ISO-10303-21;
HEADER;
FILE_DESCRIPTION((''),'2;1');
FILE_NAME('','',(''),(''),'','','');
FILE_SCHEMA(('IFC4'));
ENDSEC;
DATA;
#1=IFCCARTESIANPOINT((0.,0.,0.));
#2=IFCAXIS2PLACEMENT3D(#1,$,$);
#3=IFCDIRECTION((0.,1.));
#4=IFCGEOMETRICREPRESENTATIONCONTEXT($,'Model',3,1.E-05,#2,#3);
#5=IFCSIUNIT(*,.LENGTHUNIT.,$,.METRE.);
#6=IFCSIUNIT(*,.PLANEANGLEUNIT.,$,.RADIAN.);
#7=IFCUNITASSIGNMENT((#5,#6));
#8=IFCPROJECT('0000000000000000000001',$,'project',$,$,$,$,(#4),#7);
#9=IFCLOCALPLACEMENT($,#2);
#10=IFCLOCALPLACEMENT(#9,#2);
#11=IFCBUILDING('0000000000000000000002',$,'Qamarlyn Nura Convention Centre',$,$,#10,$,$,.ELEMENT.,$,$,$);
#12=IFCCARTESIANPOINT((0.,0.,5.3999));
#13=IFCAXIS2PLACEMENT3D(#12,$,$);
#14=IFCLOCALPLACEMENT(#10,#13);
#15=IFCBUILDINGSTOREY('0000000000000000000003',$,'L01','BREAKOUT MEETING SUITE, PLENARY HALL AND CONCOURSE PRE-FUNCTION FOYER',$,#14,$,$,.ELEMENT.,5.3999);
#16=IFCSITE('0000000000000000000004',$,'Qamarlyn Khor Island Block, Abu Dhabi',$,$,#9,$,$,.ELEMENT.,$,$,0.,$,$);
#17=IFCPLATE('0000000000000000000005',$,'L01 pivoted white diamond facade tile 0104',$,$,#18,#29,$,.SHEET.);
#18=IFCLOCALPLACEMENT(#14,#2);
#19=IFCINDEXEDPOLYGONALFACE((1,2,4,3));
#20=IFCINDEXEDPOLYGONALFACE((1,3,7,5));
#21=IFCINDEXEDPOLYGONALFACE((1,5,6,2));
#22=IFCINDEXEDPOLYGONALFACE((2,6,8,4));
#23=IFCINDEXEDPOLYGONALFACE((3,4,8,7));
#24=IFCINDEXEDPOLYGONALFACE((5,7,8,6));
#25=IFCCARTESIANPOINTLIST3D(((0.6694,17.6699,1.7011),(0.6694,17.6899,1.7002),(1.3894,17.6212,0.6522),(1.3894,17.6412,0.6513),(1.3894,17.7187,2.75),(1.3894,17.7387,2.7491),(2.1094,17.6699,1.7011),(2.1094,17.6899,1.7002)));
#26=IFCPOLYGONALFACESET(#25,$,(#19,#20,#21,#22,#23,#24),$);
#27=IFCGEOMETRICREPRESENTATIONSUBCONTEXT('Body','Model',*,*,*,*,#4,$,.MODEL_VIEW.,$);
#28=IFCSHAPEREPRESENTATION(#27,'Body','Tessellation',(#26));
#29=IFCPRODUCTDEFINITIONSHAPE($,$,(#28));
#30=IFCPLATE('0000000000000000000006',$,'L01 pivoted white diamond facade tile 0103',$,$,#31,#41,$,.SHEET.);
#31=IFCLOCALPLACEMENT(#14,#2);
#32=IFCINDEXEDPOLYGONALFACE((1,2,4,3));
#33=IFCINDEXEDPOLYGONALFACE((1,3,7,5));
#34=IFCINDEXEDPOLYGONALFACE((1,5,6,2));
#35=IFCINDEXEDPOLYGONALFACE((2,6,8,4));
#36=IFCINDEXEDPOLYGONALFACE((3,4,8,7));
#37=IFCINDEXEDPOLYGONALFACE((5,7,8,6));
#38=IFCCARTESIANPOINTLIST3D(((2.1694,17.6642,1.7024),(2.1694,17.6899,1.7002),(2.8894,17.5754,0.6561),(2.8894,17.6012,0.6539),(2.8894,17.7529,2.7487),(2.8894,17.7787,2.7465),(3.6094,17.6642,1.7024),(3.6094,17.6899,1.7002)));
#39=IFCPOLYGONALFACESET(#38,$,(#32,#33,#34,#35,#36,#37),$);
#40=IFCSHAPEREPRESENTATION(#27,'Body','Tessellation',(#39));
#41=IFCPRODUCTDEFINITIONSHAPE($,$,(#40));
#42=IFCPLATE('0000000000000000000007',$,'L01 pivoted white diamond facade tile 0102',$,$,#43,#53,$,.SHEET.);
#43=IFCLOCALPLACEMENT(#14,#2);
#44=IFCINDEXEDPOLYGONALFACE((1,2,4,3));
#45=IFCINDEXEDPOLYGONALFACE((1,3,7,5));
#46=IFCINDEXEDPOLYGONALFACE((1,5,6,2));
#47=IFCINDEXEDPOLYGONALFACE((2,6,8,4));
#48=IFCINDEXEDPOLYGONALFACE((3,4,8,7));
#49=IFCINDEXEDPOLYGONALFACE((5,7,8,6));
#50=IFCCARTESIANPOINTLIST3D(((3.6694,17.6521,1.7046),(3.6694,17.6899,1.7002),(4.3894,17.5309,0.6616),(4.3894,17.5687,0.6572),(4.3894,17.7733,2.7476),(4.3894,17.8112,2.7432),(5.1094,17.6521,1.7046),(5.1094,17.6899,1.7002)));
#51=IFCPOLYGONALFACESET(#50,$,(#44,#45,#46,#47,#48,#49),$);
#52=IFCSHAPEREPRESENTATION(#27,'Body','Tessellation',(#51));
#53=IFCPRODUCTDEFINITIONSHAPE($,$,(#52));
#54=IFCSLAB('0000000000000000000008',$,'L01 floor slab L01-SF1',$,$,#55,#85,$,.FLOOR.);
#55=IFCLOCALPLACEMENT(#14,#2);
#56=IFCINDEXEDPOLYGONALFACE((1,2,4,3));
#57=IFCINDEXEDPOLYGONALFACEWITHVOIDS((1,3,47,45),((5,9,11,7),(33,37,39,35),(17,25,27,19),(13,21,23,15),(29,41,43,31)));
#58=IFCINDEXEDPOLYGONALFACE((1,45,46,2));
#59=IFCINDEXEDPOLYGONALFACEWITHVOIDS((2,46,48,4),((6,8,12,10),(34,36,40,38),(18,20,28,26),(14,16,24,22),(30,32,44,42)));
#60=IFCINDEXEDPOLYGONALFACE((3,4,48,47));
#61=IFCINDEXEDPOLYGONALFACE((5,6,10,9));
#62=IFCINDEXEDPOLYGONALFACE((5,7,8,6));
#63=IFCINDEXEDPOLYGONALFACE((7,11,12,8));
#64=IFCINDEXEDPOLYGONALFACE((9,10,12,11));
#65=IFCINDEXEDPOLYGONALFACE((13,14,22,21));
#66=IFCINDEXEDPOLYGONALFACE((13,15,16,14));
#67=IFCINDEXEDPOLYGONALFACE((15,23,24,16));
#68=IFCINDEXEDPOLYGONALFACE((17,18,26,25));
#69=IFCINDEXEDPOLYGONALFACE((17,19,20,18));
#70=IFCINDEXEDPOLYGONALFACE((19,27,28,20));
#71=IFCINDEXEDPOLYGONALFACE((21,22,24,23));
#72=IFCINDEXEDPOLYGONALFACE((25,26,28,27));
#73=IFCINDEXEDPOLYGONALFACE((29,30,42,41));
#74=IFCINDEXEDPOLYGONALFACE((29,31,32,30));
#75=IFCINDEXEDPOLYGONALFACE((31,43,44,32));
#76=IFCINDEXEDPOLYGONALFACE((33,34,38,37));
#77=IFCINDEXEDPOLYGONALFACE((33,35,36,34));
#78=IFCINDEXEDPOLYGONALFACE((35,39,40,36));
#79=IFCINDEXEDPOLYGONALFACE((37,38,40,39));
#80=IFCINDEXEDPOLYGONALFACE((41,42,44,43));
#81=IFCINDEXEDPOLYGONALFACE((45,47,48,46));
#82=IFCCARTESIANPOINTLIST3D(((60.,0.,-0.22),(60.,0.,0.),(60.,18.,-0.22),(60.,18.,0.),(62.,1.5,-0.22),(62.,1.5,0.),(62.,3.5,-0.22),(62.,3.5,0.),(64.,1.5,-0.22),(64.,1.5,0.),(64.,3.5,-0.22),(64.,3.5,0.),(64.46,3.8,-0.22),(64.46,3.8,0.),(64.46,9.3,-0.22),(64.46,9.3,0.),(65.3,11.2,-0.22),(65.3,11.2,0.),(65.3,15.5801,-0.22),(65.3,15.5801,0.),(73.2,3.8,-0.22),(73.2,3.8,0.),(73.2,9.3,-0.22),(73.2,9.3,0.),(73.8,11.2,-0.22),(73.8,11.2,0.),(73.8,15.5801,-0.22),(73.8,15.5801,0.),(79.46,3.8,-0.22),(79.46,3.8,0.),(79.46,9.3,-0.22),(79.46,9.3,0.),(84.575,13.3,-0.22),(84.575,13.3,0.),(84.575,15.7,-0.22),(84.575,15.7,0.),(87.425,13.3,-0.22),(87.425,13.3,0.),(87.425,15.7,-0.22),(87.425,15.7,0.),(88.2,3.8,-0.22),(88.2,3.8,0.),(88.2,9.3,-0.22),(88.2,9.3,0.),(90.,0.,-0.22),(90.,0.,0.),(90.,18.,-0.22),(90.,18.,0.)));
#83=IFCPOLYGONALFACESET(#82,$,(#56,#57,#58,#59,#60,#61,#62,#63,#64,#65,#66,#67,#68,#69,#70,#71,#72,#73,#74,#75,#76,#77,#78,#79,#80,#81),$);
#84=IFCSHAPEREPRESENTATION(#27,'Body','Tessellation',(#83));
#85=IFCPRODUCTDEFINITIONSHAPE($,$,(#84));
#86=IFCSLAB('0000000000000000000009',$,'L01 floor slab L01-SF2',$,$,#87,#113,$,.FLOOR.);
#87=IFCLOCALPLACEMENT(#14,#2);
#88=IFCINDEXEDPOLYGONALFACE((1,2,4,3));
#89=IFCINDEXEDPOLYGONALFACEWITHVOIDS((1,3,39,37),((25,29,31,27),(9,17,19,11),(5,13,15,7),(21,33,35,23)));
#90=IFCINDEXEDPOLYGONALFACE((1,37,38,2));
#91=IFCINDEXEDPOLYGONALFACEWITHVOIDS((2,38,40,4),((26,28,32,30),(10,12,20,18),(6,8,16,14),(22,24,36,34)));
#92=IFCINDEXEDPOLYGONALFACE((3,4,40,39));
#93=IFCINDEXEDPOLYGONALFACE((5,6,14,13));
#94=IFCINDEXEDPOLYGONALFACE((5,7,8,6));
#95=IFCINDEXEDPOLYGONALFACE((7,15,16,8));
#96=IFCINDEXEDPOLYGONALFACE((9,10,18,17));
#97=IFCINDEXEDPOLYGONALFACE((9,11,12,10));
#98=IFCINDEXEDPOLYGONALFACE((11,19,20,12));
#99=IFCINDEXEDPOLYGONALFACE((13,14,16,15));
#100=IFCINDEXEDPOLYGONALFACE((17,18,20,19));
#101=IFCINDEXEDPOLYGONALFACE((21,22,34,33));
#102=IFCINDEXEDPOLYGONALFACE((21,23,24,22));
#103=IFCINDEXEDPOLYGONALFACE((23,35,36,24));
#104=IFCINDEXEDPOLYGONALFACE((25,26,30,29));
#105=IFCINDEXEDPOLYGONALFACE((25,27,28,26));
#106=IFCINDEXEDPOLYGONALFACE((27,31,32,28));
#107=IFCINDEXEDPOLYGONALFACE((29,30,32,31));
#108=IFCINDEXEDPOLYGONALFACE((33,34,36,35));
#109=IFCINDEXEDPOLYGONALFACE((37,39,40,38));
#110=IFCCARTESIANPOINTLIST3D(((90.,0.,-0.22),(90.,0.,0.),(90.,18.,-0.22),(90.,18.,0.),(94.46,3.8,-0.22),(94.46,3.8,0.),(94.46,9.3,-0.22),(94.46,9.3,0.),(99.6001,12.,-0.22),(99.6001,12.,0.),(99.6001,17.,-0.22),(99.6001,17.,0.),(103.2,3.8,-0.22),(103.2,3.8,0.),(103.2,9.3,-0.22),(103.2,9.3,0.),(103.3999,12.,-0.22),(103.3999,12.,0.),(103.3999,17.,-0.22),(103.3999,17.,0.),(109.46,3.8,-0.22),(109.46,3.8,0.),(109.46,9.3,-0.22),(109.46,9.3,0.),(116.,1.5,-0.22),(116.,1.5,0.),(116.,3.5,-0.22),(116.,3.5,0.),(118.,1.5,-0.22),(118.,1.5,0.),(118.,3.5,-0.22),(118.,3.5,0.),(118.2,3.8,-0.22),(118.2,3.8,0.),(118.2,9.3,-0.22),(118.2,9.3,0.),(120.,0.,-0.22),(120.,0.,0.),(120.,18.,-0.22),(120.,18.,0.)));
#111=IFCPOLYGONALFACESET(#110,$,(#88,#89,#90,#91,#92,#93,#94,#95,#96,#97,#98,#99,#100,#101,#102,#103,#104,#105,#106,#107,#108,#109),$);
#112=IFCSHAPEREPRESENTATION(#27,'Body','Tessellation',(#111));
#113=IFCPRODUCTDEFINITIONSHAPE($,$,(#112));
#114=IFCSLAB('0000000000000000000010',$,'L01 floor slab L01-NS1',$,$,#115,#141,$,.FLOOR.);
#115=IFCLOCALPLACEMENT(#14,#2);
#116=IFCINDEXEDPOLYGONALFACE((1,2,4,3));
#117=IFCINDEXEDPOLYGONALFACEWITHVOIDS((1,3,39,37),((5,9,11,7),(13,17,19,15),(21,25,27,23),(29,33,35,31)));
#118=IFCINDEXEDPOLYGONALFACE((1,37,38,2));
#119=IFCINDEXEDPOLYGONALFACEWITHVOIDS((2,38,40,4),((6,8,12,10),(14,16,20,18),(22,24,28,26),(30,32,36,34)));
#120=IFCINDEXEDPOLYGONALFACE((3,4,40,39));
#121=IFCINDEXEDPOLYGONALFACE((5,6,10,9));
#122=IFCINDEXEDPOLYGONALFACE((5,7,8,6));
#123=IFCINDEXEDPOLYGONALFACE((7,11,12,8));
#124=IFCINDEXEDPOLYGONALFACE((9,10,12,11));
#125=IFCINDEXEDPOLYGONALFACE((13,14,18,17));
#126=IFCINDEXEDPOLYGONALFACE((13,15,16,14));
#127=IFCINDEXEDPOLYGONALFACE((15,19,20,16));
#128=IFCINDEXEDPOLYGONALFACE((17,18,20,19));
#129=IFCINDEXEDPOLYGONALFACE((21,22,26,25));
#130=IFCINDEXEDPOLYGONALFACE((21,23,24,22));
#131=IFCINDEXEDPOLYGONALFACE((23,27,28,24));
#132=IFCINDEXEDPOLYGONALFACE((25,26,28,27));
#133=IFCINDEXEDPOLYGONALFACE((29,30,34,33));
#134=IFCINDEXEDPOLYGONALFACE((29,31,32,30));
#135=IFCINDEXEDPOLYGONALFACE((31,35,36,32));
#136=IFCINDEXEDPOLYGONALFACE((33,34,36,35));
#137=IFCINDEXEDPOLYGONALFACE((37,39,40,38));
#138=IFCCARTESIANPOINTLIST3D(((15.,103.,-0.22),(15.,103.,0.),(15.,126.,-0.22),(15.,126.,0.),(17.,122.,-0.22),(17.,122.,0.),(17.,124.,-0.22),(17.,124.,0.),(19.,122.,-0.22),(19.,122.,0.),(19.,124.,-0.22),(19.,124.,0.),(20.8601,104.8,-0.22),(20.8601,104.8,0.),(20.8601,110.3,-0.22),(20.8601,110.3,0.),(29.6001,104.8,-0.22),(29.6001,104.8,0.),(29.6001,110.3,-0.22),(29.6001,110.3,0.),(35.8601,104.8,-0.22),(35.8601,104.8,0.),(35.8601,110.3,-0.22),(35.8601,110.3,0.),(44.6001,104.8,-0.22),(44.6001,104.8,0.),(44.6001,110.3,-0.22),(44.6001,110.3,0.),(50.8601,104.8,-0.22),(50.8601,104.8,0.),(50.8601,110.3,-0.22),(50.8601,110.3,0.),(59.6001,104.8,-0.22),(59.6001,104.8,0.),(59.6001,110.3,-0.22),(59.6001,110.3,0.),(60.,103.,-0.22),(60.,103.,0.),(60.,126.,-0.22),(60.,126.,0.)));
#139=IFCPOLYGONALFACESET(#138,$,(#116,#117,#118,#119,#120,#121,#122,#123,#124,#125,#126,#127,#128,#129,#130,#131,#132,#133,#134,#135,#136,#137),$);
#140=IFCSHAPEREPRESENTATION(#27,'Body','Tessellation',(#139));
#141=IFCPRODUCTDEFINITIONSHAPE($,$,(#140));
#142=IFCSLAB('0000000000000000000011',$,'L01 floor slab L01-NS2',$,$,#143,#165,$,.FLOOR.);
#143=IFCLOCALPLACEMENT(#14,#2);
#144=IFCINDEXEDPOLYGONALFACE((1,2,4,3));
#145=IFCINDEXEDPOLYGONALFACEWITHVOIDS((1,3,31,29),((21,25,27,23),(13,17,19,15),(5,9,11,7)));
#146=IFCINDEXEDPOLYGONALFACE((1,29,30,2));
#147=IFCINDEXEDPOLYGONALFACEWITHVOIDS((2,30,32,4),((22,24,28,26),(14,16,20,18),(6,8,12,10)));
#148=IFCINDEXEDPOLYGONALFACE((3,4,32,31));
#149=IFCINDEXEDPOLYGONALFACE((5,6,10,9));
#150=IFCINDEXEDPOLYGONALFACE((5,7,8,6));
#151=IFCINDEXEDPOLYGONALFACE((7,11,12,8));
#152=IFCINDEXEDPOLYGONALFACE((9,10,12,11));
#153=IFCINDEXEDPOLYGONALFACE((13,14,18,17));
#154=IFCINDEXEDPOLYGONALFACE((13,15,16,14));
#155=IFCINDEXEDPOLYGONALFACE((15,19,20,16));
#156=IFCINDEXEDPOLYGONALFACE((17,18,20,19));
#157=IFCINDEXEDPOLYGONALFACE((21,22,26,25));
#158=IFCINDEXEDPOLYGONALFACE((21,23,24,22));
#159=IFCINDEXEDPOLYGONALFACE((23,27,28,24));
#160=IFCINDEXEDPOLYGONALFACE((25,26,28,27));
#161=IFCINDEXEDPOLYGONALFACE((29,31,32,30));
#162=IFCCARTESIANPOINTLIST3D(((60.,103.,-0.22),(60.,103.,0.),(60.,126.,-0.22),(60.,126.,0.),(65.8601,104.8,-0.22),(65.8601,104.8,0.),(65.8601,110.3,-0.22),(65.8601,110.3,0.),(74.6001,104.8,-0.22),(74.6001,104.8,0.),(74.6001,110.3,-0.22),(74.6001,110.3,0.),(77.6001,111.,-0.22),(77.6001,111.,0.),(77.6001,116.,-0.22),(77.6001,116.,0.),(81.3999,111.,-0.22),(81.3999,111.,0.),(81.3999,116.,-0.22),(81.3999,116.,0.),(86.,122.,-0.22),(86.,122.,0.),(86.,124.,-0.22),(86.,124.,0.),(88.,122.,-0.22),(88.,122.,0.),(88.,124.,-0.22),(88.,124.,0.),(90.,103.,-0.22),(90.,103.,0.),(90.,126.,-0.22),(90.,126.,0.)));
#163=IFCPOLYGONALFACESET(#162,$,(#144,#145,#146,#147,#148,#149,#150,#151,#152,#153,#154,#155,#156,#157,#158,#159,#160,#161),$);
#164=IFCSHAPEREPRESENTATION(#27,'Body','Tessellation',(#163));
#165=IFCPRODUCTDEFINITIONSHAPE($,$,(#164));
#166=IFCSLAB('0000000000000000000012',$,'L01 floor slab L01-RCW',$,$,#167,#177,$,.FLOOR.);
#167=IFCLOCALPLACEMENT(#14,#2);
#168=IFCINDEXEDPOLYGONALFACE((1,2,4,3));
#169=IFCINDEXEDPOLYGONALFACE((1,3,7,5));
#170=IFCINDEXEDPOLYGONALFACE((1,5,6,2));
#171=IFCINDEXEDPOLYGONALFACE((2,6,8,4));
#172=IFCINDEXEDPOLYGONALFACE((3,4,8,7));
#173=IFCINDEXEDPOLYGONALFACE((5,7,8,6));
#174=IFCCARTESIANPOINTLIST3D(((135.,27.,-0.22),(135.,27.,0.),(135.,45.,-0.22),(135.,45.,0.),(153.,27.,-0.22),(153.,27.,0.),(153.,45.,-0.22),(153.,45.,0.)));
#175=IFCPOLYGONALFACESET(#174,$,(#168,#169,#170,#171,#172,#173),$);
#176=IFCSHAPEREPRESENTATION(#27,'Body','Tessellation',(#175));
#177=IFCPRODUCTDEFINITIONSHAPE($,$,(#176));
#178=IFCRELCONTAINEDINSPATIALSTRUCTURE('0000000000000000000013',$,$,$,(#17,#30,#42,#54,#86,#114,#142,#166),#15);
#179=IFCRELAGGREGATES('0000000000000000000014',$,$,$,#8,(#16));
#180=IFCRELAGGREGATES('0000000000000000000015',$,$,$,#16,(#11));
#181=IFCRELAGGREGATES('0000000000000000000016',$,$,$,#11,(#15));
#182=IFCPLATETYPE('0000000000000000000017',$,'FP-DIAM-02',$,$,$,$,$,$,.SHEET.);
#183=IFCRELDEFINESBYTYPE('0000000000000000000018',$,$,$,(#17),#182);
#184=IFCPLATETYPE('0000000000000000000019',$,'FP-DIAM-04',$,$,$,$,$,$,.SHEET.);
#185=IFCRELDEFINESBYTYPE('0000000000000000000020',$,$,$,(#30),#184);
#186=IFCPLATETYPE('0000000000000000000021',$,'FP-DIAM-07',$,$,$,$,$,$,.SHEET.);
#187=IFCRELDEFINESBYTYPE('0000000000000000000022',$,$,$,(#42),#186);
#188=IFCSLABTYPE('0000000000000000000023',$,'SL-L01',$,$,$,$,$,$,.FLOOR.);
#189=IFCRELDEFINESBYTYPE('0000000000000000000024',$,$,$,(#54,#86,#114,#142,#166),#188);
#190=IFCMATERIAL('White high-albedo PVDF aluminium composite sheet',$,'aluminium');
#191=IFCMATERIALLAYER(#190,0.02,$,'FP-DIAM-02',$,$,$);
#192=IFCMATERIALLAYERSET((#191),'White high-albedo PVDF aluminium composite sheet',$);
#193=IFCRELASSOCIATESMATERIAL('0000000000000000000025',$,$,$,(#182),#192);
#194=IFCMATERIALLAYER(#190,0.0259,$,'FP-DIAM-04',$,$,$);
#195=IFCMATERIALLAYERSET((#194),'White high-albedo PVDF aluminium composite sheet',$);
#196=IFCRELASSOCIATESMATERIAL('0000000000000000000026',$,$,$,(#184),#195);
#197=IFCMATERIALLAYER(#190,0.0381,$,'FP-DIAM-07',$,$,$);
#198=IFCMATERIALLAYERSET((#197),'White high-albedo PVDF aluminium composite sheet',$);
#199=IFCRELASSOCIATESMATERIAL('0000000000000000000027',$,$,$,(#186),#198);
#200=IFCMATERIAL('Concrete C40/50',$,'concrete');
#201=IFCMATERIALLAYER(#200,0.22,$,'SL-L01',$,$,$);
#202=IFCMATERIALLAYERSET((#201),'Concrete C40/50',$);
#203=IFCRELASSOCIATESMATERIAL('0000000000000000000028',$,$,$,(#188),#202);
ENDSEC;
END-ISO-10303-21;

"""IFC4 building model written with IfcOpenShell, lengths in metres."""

from ifc_helpers import new_model, si_unit, direction, frame, origin, place, context, subcontext, project, spatial, polyline, outline, extrude, material, layer, layer_set, type_object, element, save


model = new_model("IFC4")

# Units and contexts
model_context = context("Model", 3, precision=1e-05, world=origin(), true_north=direction((0.0, 1.0)))
body_context = subcontext(model_context, "Body", "Model", "MODEL_VIEW")
ifc_project = project(units=[si_unit("LENGTHUNIT", "METRE"), si_unit("PLANEANGLEUNIT", "RADIAN")], contexts=[model_context])

# Site, building, storey
site_placement = place(None, origin())
site = spatial("IfcSite", under=ifc_project, at=site_placement, Name="Qamarlyn Khor Island Block, Abu Dhabi", CompositionType="ELEMENT", RefElevation=0.0)
building_placement = place(site_placement, origin())
building = spatial("IfcBuilding", under=site, at=building_placement, Name="Qamarlyn Nura Convention Centre", CompositionType="ELEMENT")
storey_placement = place(building_placement, frame((0.0, 0.0, 5.3999)))
storey = spatial("IfcBuildingStorey", under=building, at=storey_placement, Name="L01", Description="BREAKOUT MEETING SUITE, PLENARY HALL AND CONCOURSE PRE-FUNCTION FOYER", CompositionType="ELEMENT", Elevation=5.3999)

# Plates
ifc_material_1 = material(Name="White high-albedo PVDF aluminium composite sheet", Category="aluminium")
ifc_layer_1 = layer(ifc_material_1, 0.02, Name="FP-DIAM-02")
ifc_layer_set_1 = layer_set([ifc_layer_1], Name="White high-albedo PVDF aluminium composite sheet")
plate_type_1 = type_object("IfcPlateType", Name="FP-DIAM-02", PredefinedType="SHEET", material=ifc_layer_set_1)
plate_1_placement = place(storey_placement, frame((1.3894, 17.6899, 1.7002), z_axis=(0.0, -0.998923, 0.046409), x_axis=(1.0, 0.0, 0.0)))
element("IfcPlate", 1, at=plate_1_placement, inside=storey, type_object=plate_type_1, Name="L01 pivoted white diamond facade tile 0104", PredefinedType="SHEET", context=body_context, shape_type="SweptSolid", body=[
    extrude(outline(polyline([(-0.72, 0.0), (0.0, -1.05), (0.72, 0.0), (0.0, 1.05), (-0.72, 0.0)])), origin(), (0.0, 0.0, 1.0), 0.02),
])
ifc_layer_2 = layer(ifc_material_1, 0.0259, Name="FP-DIAM-04")
ifc_layer_set_2 = layer_set([ifc_layer_2], Name="White high-albedo PVDF aluminium composite sheet")
plate_type_2 = type_object("IfcPlateType", Name="FP-DIAM-04", PredefinedType="SHEET", material=ifc_layer_set_2)
plate_2_placement = place(storey_placement, frame((2.8894, 17.6899, 1.7002), z_axis=(0.0, -0.996419, 0.084547), x_axis=(1.0, 0.0, 0.0)))
element("IfcPlate", 2, at=plate_2_placement, inside=storey, type_object=plate_type_2, Name="L01 pivoted white diamond facade tile 0103", PredefinedType="SHEET", context=body_context, shape_type="SweptSolid", body=[
    extrude(outline(polyline([(-0.72, 0.0), (0.0, -1.05), (0.72, 0.0), (0.0, 1.05), (-0.72, 0.0)])), origin(), (0.0, 0.0, 1.0), 0.0259),
])
ifc_layer_3 = layer(ifc_material_1, 0.0381, Name="FP-DIAM-07")
ifc_layer_set_3 = layer_set([ifc_layer_3], Name="White high-albedo PVDF aluminium composite sheet")
plate_type_3 = type_object("IfcPlateType", Name="FP-DIAM-07", PredefinedType="SHEET", material=ifc_layer_set_3)
plate_3_placement = place(storey_placement, frame((4.3894, 17.6899, 1.7002), z_axis=(0.0, -0.993312, 0.115457), x_axis=(1.0, 0.0, 0.0)))
element("IfcPlate", 3, at=plate_3_placement, inside=storey, type_object=plate_type_3, Name="L01 pivoted white diamond facade tile 0102", PredefinedType="SHEET", context=body_context, shape_type="SweptSolid", body=[
    extrude(outline(polyline([(-0.72, 0.0), (0.0, -1.05), (0.72, 0.0), (0.0, 1.05), (-0.72, 0.0)])), origin(), (0.0, 0.0, 1.0), 0.0381),
])

# Slabs
ifc_material_2 = material(Name="Concrete C40/50", Category="concrete")
ifc_layer_4 = layer(ifc_material_2, 0.22, Name="SL-L01")
ifc_layer_set_4 = layer_set([ifc_layer_4], Name="Concrete C40/50")
slab_type_1 = type_object("IfcSlabType", Name="SL-L01", PredefinedType="FLOOR", material=ifc_layer_set_4)
slab_1_placement = place(storey_placement, frame((0.0, 0.0, -0.22)))
element("IfcSlab", 4, at=slab_1_placement, inside=storey, type_object=slab_type_1, Name="L01 floor slab L01-SF1", PredefinedType="FLOOR", context=body_context, shape_type="SweptSolid", body=[
    extrude(outline(polyline([(60.0, 18.0), (90.0, 18.0), (90.0, 0.0), (60.0, 0.0), (60.0, 18.0)]), holes=[polyline([(62.0, 3.5), (62.0, 1.5), (64.0, 1.5), (64.0, 3.5), (62.0, 3.5)]), polyline([(64.46, 3.8), (73.2, 3.8), (73.2, 9.3), (64.46, 9.3), (64.46, 3.8)]), polyline([(79.46, 3.8), (88.2, 3.8), (88.2, 9.3), (79.46, 9.3), (79.46, 3.8)]), polyline([(65.3, 11.2), (73.8, 11.2), (73.8, 15.5801), (65.3, 15.5801), (65.3, 11.2)]), polyline([(87.425, 13.3), (87.425, 15.7), (84.575, 15.7), (84.575, 13.3), (87.425, 13.3)])]), origin(), (0.0, 0.0, 1.0), 0.22),
])
slab_2_placement = place(storey_placement, frame((0.0, 0.0, -0.22)))
element("IfcSlab", 5, at=slab_2_placement, inside=storey, type_object=slab_type_1, Name="L01 floor slab L01-SF2", PredefinedType="FLOOR", context=body_context, shape_type="SweptSolid", body=[
    extrude(outline(polyline([(90.0, 18.0), (120.0, 18.0), (120.0, 0.0), (90.0, 0.0), (90.0, 18.0)]), holes=[polyline([(116.0, 3.5), (116.0, 1.5), (118.0, 1.5), (118.0, 3.5), (116.0, 3.5)]), polyline([(94.46, 3.8), (103.2, 3.8), (103.2, 9.3), (94.46, 9.3), (94.46, 3.8)]), polyline([(109.46, 9.3), (109.46, 3.8), (118.2, 3.8), (118.2, 9.3), (109.46, 9.3)]), polyline([(103.3999, 12.0), (103.3999, 17.0), (99.6001, 17.0), (99.6001, 12.0), (103.3999, 12.0)])]), origin(), (0.0, 0.0, 1.0), 0.22),
])
slab_3_placement = place(storey_placement, frame((0.0, 0.0, -0.22)))
element("IfcSlab", 6, at=slab_3_placement, inside=storey, type_object=slab_type_1, Name="L01 floor slab L01-NS1", PredefinedType="FLOOR", context=body_context, shape_type="SweptSolid", body=[
    extrude(outline(polyline([(15.0, 126.0), (60.0, 126.0), (60.0, 103.0), (15.0, 103.0), (15.0, 126.0)]), holes=[polyline([(17.0, 124.0), (17.0, 122.0), (19.0, 122.0), (19.0, 124.0), (17.0, 124.0)]), polyline([(50.8601, 104.8), (59.6001, 104.8), (59.6001, 110.3), (50.8601, 110.3), (50.8601, 104.8)]), polyline([(35.8601, 104.8), (44.6001, 104.8), (44.6001, 110.3), (35.8601, 110.3), (35.8601, 104.8)]), polyline([(20.8601, 104.8), (29.6001, 104.8), (29.6001, 110.3), (20.8601, 110.3), (20.8601, 104.8)])]), origin(), (0.0, 0.0, 1.0), 0.22),
])
slab_4_placement = place(storey_placement, frame((0.0, 0.0, -0.22)))
element("IfcSlab", 7, at=slab_4_placement, inside=storey, type_object=slab_type_1, Name="L01 floor slab L01-NS2", PredefinedType="FLOOR", context=body_context, shape_type="SweptSolid", body=[
    extrude(outline(polyline([(60.0, 126.0), (90.0, 126.0), (90.0, 103.0), (60.0, 103.0), (60.0, 126.0)]), holes=[polyline([(86.0, 124.0), (86.0, 122.0), (88.0, 122.0), (88.0, 124.0), (86.0, 124.0)]), polyline([(65.8601, 110.3), (65.8601, 104.8), (74.6001, 104.8), (74.6001, 110.3), (65.8601, 110.3)]), polyline([(77.6001, 111.0), (81.3999, 111.0), (81.3999, 116.0), (77.6001, 116.0), (77.6001, 111.0)])]), origin(), (0.0, 0.0, 1.0), 0.22),
])
slab_5_placement = place(storey_placement, frame((0.0, 0.0, -0.22)))
element("IfcSlab", 8, at=slab_5_placement, inside=storey, type_object=slab_type_1, Name="L01 floor slab L01-RCW", PredefinedType="FLOOR", context=body_context, shape_type="SweptSolid", body=[
    extrude(outline(polyline([(135.0, 27.0), (135.0, 45.0), (153.0, 45.0), (153.0, 27.0), (135.0, 27.0)])), origin(), (0.0, 0.0, 1.0), 0.22),
])

save(model, "model.ifc")
